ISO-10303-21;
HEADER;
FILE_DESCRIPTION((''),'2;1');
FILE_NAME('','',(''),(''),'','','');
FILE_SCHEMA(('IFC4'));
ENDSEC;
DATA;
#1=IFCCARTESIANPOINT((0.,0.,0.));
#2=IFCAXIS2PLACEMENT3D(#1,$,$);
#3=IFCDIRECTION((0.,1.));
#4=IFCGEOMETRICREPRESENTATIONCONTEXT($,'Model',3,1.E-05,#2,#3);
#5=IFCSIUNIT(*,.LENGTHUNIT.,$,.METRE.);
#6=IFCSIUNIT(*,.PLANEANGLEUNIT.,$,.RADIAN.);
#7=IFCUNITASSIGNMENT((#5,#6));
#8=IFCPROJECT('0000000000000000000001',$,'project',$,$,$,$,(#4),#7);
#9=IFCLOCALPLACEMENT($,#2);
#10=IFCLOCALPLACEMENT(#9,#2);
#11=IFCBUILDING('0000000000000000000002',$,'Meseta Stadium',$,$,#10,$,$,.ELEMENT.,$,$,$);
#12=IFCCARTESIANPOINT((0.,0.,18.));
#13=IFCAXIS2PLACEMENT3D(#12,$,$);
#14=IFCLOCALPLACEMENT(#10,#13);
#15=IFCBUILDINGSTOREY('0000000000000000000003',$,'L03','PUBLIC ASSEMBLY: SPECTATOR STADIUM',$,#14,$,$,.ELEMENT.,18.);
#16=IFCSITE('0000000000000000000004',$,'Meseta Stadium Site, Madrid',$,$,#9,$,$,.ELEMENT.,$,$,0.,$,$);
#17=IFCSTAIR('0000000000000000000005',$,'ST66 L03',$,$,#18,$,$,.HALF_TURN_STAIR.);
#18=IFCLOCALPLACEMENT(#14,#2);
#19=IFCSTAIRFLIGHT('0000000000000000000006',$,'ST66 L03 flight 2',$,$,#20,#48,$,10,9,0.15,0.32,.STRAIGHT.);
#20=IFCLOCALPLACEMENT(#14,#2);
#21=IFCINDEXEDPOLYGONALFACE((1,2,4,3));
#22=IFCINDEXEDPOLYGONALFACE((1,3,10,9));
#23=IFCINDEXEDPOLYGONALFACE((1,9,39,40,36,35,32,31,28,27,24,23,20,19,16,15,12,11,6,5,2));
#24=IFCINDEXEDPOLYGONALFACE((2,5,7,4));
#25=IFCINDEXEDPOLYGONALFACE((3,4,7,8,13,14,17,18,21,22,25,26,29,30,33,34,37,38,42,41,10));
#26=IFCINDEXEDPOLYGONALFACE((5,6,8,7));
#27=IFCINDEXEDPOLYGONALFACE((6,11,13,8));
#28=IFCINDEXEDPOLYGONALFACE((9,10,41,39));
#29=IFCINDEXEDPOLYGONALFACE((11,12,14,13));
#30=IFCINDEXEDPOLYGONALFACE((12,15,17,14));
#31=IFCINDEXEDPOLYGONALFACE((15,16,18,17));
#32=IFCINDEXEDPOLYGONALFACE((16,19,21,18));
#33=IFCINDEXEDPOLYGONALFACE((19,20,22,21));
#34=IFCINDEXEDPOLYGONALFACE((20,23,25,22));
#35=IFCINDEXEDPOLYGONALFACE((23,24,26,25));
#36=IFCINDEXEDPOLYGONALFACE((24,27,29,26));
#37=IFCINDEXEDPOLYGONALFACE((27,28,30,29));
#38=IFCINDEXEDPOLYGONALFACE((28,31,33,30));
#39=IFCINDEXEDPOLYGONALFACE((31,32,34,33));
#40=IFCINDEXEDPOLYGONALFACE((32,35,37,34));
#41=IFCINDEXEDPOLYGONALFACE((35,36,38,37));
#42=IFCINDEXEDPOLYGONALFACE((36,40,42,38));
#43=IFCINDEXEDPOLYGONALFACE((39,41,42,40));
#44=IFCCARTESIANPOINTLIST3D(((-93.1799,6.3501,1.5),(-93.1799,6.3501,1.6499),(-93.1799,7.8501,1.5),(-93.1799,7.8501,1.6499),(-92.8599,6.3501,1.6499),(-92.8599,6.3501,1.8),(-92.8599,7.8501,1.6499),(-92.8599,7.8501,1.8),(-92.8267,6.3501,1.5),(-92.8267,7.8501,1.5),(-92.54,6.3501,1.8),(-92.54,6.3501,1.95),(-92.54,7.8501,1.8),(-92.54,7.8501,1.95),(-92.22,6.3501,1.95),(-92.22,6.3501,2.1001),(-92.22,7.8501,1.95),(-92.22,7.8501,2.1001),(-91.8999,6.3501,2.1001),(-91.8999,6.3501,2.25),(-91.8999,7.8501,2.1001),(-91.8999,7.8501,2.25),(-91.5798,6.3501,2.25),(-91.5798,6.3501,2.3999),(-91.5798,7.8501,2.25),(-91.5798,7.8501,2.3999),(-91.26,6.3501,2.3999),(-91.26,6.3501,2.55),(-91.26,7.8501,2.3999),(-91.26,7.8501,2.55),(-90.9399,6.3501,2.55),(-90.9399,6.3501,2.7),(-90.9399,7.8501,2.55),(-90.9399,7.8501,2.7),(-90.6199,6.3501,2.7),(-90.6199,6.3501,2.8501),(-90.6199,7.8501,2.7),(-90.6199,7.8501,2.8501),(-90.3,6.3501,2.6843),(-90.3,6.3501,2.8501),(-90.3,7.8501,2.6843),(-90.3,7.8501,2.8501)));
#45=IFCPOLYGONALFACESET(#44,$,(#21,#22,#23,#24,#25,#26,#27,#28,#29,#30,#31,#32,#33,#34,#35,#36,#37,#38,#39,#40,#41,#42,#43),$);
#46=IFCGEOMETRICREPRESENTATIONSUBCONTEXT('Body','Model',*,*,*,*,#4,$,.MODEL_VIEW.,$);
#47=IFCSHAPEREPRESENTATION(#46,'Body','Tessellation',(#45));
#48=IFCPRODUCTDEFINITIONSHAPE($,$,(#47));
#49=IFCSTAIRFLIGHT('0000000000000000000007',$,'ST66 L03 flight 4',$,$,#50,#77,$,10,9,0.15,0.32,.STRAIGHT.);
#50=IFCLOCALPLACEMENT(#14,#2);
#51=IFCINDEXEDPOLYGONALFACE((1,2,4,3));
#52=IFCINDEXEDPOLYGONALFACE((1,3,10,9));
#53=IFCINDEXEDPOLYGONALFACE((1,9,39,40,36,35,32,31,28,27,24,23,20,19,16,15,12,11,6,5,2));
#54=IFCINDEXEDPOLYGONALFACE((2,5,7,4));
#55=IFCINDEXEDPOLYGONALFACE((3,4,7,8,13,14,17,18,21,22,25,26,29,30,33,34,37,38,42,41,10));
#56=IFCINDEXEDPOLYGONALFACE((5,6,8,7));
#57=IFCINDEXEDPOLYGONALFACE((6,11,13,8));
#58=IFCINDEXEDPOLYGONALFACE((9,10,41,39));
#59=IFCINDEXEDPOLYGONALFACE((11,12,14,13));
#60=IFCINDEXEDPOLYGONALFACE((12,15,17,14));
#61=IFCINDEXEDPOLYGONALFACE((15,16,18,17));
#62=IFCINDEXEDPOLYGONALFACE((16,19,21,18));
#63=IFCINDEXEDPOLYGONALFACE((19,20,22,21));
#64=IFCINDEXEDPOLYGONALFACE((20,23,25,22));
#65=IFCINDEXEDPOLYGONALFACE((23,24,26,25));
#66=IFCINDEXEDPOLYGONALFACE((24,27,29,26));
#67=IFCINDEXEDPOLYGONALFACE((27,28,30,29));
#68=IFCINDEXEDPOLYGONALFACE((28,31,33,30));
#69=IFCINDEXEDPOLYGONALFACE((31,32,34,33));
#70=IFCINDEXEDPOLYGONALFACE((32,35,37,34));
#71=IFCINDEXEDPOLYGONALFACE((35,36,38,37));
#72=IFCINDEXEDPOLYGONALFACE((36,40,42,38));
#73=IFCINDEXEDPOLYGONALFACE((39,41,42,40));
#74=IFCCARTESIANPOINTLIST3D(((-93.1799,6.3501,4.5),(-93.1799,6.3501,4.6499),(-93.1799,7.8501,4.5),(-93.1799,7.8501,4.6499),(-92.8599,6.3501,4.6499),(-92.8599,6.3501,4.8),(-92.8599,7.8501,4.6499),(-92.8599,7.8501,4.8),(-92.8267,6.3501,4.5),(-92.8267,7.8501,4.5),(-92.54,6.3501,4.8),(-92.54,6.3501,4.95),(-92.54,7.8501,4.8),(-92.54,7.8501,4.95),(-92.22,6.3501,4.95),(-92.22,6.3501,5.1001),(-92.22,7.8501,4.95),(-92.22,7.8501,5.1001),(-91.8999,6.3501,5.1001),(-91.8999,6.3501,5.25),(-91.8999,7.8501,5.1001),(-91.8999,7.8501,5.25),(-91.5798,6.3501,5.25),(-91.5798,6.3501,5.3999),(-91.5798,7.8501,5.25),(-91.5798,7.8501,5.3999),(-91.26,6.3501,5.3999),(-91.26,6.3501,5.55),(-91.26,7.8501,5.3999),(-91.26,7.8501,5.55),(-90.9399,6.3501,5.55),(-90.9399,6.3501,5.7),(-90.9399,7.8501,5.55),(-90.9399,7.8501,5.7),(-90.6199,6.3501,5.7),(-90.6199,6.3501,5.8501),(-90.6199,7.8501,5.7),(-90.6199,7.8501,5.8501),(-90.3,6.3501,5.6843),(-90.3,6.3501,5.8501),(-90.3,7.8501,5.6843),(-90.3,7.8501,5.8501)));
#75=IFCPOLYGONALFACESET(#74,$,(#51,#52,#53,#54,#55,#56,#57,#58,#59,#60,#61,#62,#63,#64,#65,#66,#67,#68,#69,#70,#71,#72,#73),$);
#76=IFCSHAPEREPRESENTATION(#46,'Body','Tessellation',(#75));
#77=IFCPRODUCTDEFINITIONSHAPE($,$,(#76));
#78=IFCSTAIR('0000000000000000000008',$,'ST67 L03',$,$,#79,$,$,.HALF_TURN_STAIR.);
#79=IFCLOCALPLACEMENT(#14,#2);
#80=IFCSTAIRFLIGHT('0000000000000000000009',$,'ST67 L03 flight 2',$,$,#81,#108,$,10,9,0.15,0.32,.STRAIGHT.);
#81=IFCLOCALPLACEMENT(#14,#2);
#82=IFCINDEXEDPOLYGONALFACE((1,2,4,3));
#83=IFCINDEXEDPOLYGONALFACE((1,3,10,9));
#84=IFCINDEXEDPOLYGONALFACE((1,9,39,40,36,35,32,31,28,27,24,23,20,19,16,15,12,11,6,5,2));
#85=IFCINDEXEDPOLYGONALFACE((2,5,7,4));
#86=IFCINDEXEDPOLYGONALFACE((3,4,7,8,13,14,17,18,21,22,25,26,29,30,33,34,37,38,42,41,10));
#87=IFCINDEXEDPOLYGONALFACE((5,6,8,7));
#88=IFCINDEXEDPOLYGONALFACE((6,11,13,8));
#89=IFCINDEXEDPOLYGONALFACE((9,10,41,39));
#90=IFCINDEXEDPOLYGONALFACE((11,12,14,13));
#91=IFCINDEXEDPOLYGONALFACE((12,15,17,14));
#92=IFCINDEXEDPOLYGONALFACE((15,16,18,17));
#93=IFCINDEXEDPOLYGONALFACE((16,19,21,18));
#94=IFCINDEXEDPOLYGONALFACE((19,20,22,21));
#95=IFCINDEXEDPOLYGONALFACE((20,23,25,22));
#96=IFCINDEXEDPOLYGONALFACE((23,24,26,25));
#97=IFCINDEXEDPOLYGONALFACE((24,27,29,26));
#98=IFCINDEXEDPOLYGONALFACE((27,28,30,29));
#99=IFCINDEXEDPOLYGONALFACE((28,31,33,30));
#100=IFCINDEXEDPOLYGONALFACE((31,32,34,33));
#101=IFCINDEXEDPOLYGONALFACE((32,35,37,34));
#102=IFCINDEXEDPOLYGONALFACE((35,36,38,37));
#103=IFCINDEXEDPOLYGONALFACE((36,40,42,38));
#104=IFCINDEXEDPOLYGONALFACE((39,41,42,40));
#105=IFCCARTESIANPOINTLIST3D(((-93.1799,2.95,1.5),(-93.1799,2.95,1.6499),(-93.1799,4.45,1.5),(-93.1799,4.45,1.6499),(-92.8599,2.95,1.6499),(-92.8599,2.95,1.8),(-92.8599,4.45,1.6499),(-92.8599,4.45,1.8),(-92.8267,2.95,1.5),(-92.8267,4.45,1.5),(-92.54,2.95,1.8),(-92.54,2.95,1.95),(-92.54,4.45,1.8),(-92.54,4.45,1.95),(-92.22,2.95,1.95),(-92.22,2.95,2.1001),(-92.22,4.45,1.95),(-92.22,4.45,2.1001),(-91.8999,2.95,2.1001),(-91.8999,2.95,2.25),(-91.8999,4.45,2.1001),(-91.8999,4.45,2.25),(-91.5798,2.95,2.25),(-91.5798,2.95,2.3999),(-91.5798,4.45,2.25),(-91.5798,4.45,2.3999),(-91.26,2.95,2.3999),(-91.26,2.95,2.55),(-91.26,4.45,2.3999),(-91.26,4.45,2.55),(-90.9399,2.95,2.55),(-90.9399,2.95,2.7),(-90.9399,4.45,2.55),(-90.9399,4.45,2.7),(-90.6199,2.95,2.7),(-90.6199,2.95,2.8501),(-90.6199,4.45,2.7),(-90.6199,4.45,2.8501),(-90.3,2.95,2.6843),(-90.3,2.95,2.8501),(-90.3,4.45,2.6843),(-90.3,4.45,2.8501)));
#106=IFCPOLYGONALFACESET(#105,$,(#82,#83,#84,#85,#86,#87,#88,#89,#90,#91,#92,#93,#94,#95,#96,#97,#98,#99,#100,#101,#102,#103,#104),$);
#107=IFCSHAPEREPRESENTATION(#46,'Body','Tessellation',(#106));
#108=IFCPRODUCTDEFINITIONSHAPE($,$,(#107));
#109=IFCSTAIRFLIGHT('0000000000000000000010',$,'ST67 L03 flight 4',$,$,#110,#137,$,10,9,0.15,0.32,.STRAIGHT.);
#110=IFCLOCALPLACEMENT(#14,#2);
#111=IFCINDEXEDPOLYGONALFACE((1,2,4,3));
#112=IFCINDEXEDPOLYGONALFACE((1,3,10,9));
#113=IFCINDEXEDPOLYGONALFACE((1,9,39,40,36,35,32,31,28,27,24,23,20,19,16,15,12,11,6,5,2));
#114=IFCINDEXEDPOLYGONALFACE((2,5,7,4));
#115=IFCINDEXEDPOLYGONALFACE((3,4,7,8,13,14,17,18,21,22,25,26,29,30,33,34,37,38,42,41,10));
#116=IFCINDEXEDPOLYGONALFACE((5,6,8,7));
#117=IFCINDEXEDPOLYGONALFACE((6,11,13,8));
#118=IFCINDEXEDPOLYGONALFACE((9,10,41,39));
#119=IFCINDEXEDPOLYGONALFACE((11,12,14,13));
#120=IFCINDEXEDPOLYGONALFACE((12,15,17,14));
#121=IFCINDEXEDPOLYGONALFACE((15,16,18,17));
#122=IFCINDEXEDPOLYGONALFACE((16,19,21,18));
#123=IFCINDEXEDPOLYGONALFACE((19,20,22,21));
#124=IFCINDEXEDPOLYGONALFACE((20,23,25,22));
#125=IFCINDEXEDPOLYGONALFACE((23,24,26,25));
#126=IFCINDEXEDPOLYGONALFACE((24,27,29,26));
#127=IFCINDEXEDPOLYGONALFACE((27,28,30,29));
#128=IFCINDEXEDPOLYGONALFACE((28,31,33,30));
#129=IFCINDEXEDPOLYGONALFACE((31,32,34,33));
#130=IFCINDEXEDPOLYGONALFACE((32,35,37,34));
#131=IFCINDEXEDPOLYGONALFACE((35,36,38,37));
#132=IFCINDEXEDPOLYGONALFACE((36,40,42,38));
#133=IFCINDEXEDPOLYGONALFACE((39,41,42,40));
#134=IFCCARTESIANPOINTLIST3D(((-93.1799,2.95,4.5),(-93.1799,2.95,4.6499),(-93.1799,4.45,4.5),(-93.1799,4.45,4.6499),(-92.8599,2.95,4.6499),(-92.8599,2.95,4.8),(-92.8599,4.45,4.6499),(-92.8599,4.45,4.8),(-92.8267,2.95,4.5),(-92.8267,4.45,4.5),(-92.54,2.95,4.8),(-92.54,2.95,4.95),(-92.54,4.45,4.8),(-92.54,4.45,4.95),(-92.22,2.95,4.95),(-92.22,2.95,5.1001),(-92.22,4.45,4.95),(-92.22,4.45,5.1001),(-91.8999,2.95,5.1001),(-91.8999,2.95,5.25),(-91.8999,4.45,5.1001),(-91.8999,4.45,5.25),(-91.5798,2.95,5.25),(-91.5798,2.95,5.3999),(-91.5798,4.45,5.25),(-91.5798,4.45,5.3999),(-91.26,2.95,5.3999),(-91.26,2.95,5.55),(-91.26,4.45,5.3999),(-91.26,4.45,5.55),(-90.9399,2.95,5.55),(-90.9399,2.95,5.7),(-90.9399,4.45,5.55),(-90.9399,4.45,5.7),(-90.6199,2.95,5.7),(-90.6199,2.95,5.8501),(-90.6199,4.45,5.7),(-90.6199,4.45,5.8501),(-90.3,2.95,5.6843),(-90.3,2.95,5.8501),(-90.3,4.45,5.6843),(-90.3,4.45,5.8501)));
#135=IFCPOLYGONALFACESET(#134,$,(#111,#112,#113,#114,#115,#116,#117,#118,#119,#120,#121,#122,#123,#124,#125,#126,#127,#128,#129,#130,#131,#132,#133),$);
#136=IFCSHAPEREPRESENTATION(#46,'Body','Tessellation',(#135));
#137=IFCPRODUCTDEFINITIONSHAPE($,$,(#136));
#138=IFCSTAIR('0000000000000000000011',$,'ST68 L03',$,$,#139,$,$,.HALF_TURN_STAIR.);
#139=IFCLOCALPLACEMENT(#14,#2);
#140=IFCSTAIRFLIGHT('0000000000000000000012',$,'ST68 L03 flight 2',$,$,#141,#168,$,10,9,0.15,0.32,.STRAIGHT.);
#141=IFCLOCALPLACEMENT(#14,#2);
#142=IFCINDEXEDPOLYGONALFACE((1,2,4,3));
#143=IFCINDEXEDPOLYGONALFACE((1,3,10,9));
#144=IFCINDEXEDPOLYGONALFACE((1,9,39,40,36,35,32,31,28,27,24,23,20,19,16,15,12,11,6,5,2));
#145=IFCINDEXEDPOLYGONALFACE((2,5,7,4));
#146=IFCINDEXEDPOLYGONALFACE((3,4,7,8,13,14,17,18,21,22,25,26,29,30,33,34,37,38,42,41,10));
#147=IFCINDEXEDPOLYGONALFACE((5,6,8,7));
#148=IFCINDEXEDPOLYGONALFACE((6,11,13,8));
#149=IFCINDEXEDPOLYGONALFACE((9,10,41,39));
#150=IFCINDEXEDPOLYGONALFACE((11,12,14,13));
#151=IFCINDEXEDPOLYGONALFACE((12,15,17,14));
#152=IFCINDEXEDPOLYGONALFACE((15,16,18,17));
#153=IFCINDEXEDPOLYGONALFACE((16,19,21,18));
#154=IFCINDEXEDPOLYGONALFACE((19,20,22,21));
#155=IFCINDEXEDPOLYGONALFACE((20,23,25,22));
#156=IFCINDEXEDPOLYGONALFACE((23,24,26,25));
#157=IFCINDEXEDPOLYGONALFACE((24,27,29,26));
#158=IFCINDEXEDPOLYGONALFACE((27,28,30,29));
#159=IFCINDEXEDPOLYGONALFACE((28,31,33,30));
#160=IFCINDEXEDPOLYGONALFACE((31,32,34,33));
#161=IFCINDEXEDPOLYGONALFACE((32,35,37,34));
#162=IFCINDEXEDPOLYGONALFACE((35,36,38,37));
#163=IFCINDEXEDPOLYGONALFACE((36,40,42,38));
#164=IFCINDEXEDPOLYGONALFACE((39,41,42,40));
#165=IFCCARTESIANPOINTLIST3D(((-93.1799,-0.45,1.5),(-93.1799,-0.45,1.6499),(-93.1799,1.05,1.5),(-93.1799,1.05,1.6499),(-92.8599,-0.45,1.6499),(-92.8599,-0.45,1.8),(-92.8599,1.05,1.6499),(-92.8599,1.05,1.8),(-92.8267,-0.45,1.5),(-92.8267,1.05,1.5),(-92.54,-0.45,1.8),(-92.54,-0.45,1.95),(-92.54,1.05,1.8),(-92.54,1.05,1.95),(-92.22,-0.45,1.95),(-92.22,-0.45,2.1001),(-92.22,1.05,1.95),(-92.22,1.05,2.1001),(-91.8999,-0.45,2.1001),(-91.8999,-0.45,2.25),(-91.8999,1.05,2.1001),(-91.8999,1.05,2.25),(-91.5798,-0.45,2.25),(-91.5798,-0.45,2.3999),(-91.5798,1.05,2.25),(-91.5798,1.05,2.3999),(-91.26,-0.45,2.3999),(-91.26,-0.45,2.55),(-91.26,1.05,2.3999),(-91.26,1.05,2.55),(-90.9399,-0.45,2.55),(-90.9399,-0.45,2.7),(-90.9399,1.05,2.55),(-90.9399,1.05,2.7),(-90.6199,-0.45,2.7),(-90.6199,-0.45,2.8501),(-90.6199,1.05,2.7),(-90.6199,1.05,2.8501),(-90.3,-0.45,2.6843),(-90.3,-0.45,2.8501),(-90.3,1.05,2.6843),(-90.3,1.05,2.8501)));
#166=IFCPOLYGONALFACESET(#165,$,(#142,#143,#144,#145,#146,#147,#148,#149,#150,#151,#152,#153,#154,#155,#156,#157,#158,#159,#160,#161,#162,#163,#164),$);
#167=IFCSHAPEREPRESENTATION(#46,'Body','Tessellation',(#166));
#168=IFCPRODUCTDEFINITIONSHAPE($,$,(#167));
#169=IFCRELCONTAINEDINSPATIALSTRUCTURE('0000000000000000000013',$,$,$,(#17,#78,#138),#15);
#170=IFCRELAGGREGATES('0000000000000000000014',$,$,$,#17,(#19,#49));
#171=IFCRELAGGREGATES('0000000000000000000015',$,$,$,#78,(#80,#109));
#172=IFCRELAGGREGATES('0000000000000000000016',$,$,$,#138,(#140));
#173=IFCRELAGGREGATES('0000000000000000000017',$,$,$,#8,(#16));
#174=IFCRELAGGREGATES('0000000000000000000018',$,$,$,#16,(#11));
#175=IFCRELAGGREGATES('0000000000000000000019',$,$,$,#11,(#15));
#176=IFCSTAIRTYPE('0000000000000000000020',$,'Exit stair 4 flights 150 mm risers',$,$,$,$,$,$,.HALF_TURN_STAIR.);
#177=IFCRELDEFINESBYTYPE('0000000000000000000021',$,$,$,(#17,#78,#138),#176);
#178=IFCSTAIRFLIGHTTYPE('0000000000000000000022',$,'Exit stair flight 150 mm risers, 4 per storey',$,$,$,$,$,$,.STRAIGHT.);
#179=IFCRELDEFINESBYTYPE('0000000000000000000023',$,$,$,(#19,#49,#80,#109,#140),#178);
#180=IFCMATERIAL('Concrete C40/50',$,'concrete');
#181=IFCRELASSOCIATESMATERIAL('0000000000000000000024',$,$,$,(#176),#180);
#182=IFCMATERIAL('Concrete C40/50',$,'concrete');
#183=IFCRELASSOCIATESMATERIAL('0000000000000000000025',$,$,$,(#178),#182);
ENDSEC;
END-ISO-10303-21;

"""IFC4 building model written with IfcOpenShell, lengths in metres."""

from ifc_helpers import new_model, si_unit, direction, frame, origin, place, context, subcontext, project, spatial, polyline, outline, extrude, material, type_object, element, aggregate, save


model = new_model("IFC4")

# Units and contexts
model_context = context("Model", 3, precision=1e-05, world=origin(), true_north=direction((0.0, 1.0)))
body_context = subcontext(model_context, "Body", "Model", "MODEL_VIEW")
ifc_project = project(units=[si_unit("LENGTHUNIT", "METRE"), si_unit("PLANEANGLEUNIT", "RADIAN")], contexts=[model_context])

# Site, building, storey
site_placement = place(None, origin())
site = spatial("IfcSite", under=ifc_project, at=site_placement, Name="Meseta Stadium Site, Madrid", CompositionType="ELEMENT", RefElevation=0.0)
building_placement = place(site_placement, origin())
building = spatial("IfcBuilding", under=site, at=building_placement, Name="Meseta Stadium", CompositionType="ELEMENT")
storey_placement = place(building_placement, frame((0.0, 0.0, 18.0)))
storey = spatial("IfcBuildingStorey", under=building, at=storey_placement, Name="L03", Description="PUBLIC ASSEMBLY: SPECTATOR STADIUM", CompositionType="ELEMENT", Elevation=18.0)

# Stairs, stair flights
ifc_material_1 = material(Name="Concrete C40/50", Category="concrete")
stair_type = type_object("IfcStairType", Name="Exit stair 4 flights 150 mm risers", PredefinedType="HALF_TURN_STAIR", material=ifc_material_1)
stair_1_placement = place(storey_placement, origin())
stair_1 = element("IfcStair", 1, at=stair_1_placement, inside=storey, type_object=stair_type, Name="ST66 L03", PredefinedType="HALF_TURN_STAIR")
ifc_material_2 = material(Name="Concrete C40/50", Category="concrete")
stair_flight_type = type_object("IfcStairFlightType", Name="Exit stair flight 150 mm risers, 4 per storey", PredefinedType="STRAIGHT", material=ifc_material_2)
stair_flight_1_placement = place(storey_placement, frame((-93.1799, 7.1001, 1.5), z_axis=(0.0, 0.0, 1.0), x_axis=(1.0, 0.0, 0.0)))
stair_flight_1 = element("IfcStairFlight", 2, at=stair_flight_1_placement, type_object=stair_flight_type, Name="ST66 L03 flight 2", NumberOfRisers=10, NumberOfTreads=9, PredefinedType="STRAIGHT", RiserHeight=0.15, TreadLength=0.32, context=body_context, shape_type="SweptSolid", body=[
    extrude(outline(polyline([(0.0, 0.0), (0.0, 0.1499), (0.3201, 0.1499), (0.3201, 0.3), (0.6399, 0.3), (0.6399, 0.45), (0.96, 0.45), (0.96, 0.6001), (1.28, 0.6001), (1.28, 0.75), (1.6001, 0.75), (1.6001, 0.8999), (1.9199, 0.8999), (1.9199, 1.05), (2.24, 1.05), (2.24, 1.2), (2.5601, 1.2), (2.5601, 1.3501), (2.8799, 1.3501), (2.8799, 1.1843), (0.3533, 0.0), (0.0, 0.0)])), frame((0.0, 0.75, 0.0), z_axis=(0.0, -1.0, 0.0), x_axis=(1.0, 0.0, 0.0)), (0.0, 0.0, 1.0), 1.5),
])
stair_flight_2_placement = place(storey_placement, frame((-93.1799, 7.1001, 4.5), z_axis=(0.0, 0.0, 1.0), x_axis=(1.0, 0.0, 0.0)))
stair_flight_2 = element("IfcStairFlight", 3, at=stair_flight_2_placement, type_object=stair_flight_type, Name="ST66 L03 flight 4", NumberOfRisers=10, NumberOfTreads=9, PredefinedType="STRAIGHT", RiserHeight=0.15, TreadLength=0.32, context=body_context, shape_type="SweptSolid", body=[
    extrude(outline(polyline([(0.0, 0.0), (0.0, 0.1499), (0.3201, 0.1499), (0.3201, 0.3), (0.6399, 0.3), (0.6399, 0.45), (0.96, 0.45), (0.96, 0.6001), (1.28, 0.6001), (1.28, 0.75), (1.6001, 0.75), (1.6001, 0.8999), (1.9199, 0.8999), (1.9199, 1.05), (2.24, 1.05), (2.24, 1.2), (2.5601, 1.2), (2.5601, 1.3501), (2.8799, 1.3501), (2.8799, 1.1843), (0.3533, 0.0), (0.0, 0.0)])), frame((0.0, 0.75, 0.0), z_axis=(0.0, -1.0, 0.0), x_axis=(1.0, 0.0, 0.0)), (0.0, 0.0, 1.0), 1.5),
])
aggregate(stair_1, [stair_flight_1, stair_flight_2])
stair_2_placement = place(storey_placement, origin())
stair_2 = element("IfcStair", 4, at=stair_2_placement, inside=storey, type_object=stair_type, Name="ST67 L03", PredefinedType="HALF_TURN_STAIR")
stair_flight_3_placement = place(storey_placement, frame((-93.1799, 3.7, 1.5), z_axis=(0.0, 0.0, 1.0), x_axis=(1.0, 0.0, 0.0)))
stair_flight_3 = element("IfcStairFlight", 5, at=stair_flight_3_placement, type_object=stair_flight_type, Name="ST67 L03 flight 2", NumberOfRisers=10, NumberOfTreads=9, PredefinedType="STRAIGHT", RiserHeight=0.15, TreadLength=0.32, context=body_context, shape_type="SweptSolid", body=[
    extrude(outline(polyline([(0.0, 0.0), (0.0, 0.1499), (0.3201, 0.1499), (0.3201, 0.3), (0.6399, 0.3), (0.6399, 0.45), (0.96, 0.45), (0.96, 0.6001), (1.28, 0.6001), (1.28, 0.75), (1.6001, 0.75), (1.6001, 0.8999), (1.9199, 0.8999), (1.9199, 1.05), (2.24, 1.05), (2.24, 1.2), (2.5601, 1.2), (2.5601, 1.3501), (2.8799, 1.3501), (2.8799, 1.1843), (0.3533, 0.0), (0.0, 0.0)])), frame((0.0, 0.75, 0.0), z_axis=(0.0, -1.0, 0.0), x_axis=(1.0, 0.0, 0.0)), (0.0, 0.0, 1.0), 1.5),
])
stair_flight_4_placement = place(storey_placement, frame((-93.1799, 3.7, 4.5), z_axis=(0.0, 0.0, 1.0), x_axis=(1.0, 0.0, 0.0)))
stair_flight_4 = element("IfcStairFlight", 6, at=stair_flight_4_placement, type_object=stair_flight_type, Name="ST67 L03 flight 4", NumberOfRisers=10, NumberOfTreads=9, PredefinedType="STRAIGHT", RiserHeight=0.15, TreadLength=0.32, context=body_context, shape_type="SweptSolid", body=[
    extrude(outline(polyline([(0.0, 0.0), (0.0, 0.1499), (0.3201, 0.1499), (0.3201, 0.3), (0.6399, 0.3), (0.6399, 0.45), (0.96, 0.45), (0.96, 0.6001), (1.28, 0.6001), (1.28, 0.75), (1.6001, 0.75), (1.6001, 0.8999), (1.9199, 0.8999), (1.9199, 1.05), (2.24, 1.05), (2.24, 1.2), (2.5601, 1.2), (2.5601, 1.3501), (2.8799, 1.3501), (2.8799, 1.1843), (0.3533, 0.0), (0.0, 0.0)])), frame((0.0, 0.75, 0.0), z_axis=(0.0, -1.0, 0.0), x_axis=(1.0, 0.0, 0.0)), (0.0, 0.0, 1.0), 1.5),
])
aggregate(stair_2, [stair_flight_3, stair_flight_4])
stair_3_placement = place(storey_placement, origin())
stair_3 = element("IfcStair", 7, at=stair_3_placement, inside=storey, type_object=stair_type, Name="ST68 L03", PredefinedType="HALF_TURN_STAIR")
stair_flight_5_placement = place(storey_placement, frame((-93.1799, 0.3, 1.5), z_axis=(0.0, 0.0, 1.0), x_axis=(1.0, 0.0, 0.0)))
stair_flight_5 = element("IfcStairFlight", 8, at=stair_flight_5_placement, type_object=stair_flight_type, Name="ST68 L03 flight 2", NumberOfRisers=10, NumberOfTreads=9, PredefinedType="STRAIGHT", RiserHeight=0.15, TreadLength=0.32, context=body_context, shape_type="SweptSolid", body=[
    extrude(outline(polyline([(0.0, 0.0), (0.0, 0.1499), (0.3201, 0.1499), (0.3201, 0.3), (0.6399, 0.3), (0.6399, 0.45), (0.96, 0.45), (0.96, 0.6001), (1.28, 0.6001), (1.28, 0.75), (1.6001, 0.75), (1.6001, 0.8999), (1.9199, 0.8999), (1.9199, 1.05), (2.24, 1.05), (2.24, 1.2), (2.5601, 1.2), (2.5601, 1.3501), (2.8799, 1.3501), (2.8799, 1.1843), (0.3533, 0.0), (0.0, 0.0)])), frame((0.0, 0.75, 0.0), z_axis=(0.0, -1.0, 0.0), x_axis=(1.0, 0.0, 0.0)), (0.0, 0.0, 1.0), 1.5),
])
aggregate(stair_3, [stair_flight_5])

save(model, "model.ifc")
